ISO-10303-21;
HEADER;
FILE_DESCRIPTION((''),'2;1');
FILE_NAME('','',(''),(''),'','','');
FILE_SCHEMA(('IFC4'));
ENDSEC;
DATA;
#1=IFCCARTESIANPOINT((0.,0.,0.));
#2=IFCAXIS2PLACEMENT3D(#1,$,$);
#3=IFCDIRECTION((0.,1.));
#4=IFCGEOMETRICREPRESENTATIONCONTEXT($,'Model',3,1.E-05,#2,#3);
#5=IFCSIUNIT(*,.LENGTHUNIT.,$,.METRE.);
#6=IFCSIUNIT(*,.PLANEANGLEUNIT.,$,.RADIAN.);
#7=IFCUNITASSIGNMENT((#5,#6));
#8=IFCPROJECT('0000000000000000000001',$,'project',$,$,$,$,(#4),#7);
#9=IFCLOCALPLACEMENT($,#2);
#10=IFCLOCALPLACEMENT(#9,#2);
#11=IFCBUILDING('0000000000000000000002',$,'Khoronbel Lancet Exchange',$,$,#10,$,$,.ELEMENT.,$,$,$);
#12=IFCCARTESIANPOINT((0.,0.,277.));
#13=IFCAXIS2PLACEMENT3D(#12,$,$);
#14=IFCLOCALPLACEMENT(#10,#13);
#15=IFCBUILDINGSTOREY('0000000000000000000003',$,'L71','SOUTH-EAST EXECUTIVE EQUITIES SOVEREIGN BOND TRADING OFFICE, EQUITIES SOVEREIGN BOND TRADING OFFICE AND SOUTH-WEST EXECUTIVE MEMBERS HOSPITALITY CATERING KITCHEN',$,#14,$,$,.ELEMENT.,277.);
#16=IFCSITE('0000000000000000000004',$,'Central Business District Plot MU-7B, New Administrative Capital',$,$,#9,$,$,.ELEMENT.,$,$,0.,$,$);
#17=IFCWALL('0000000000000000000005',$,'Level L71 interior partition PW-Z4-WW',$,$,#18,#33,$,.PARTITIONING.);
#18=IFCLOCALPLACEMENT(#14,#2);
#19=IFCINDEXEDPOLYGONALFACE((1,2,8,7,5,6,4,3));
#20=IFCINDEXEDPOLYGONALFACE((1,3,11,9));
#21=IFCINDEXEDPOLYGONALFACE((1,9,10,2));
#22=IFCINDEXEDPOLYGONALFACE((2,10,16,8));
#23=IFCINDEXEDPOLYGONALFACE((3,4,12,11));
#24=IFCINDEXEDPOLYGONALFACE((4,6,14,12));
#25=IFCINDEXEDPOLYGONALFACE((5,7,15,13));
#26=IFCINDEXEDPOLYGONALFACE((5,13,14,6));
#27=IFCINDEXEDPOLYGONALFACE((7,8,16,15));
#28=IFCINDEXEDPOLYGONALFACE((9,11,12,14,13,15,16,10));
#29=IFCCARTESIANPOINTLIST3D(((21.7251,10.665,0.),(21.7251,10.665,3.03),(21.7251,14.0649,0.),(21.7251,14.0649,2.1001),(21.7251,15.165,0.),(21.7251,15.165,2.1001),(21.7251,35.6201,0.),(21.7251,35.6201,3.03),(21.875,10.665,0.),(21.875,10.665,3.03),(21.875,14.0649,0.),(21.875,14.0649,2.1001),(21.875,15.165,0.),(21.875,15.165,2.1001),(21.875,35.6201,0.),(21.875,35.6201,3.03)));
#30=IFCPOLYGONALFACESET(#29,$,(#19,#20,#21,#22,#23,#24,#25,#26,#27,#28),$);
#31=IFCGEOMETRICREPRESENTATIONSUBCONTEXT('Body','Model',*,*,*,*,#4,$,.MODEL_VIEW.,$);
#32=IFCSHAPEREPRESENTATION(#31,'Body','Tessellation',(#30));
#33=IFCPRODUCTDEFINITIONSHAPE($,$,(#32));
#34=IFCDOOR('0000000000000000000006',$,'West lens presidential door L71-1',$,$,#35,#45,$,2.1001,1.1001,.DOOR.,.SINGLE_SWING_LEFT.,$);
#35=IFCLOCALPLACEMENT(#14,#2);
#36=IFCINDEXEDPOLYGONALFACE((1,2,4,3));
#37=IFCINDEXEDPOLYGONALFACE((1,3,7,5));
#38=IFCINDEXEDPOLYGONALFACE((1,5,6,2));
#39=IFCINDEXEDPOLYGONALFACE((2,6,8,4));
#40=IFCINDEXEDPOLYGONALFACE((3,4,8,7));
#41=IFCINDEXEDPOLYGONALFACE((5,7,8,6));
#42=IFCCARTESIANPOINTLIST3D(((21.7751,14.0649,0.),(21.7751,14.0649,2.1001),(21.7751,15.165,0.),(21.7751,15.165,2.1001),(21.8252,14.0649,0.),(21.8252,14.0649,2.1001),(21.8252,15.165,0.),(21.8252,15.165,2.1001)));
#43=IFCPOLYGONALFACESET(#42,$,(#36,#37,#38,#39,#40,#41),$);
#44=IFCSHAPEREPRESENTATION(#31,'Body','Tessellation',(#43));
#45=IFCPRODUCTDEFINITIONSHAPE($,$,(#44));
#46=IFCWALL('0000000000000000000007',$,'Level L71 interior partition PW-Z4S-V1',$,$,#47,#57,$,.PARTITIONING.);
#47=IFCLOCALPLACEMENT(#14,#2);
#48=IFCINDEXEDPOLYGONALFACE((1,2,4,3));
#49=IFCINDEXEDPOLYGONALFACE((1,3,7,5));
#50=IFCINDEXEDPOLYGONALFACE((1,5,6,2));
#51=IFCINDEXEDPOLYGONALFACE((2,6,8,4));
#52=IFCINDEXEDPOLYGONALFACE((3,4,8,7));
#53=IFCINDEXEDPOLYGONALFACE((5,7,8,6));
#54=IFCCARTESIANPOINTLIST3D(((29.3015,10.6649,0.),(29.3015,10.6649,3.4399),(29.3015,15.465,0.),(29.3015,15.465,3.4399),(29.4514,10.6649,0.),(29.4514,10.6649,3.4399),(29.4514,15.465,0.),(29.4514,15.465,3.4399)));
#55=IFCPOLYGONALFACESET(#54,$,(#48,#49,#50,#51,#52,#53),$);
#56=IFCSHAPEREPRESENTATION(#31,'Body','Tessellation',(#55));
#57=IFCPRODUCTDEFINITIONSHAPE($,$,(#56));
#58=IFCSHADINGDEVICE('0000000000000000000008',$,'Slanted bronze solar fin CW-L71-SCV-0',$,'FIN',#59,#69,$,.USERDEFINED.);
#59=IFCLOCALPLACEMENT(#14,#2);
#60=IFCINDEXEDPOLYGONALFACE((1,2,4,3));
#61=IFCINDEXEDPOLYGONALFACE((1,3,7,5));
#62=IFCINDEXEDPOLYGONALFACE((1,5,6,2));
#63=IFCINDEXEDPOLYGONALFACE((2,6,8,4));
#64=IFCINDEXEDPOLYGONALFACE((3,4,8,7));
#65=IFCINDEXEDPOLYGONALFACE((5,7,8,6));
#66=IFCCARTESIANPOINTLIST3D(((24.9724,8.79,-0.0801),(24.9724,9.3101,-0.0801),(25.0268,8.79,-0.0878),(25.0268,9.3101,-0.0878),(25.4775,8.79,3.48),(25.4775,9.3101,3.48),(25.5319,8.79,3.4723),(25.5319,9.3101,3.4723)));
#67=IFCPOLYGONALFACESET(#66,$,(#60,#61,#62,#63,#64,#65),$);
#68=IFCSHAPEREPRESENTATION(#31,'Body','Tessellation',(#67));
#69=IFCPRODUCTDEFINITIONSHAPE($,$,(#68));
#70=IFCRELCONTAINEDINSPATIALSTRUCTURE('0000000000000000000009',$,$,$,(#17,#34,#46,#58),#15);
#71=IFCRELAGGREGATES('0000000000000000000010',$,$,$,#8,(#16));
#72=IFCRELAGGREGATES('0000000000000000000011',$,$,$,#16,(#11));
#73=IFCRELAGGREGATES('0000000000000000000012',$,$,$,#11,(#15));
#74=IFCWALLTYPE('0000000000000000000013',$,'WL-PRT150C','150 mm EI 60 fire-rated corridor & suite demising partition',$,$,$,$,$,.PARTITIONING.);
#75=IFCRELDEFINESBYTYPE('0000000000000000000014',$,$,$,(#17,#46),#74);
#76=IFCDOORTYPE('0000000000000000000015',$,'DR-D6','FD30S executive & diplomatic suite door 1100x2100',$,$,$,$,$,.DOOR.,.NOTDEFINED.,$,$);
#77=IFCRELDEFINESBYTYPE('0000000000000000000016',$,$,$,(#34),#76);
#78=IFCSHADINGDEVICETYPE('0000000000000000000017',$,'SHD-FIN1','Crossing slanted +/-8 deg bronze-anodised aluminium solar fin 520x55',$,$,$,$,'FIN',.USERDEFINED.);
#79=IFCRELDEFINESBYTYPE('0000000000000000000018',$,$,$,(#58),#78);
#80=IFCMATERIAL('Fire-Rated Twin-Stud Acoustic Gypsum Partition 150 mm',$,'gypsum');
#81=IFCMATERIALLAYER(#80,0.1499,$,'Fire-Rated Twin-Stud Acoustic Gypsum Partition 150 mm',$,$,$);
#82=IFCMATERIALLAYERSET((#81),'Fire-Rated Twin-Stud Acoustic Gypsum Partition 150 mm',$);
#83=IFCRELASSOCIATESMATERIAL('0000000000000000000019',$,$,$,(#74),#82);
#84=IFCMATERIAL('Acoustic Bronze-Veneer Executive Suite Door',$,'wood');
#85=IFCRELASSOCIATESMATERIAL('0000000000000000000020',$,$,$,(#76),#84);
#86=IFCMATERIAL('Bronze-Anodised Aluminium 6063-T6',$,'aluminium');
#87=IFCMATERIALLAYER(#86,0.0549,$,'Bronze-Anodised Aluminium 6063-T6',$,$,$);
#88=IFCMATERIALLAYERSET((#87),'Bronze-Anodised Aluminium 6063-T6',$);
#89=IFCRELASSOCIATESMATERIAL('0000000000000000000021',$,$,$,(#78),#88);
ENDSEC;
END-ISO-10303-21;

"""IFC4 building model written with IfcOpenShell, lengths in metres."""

from ifc_helpers import new_model, si_unit, direction, frame, frame_2d, origin, place, context, subcontext, project, spatial, polyline, rectangle, outline, extrude, material, layer, layer_set, type_object, element, fill, save


model = new_model("IFC4")

# Units and contexts
model_context = context("Model", 3, precision=1e-05, world=origin(), true_north=direction((0.0, 1.0)))
body_context = subcontext(model_context, "Body", "Model", "MODEL_VIEW")
ifc_project = project(units=[si_unit("LENGTHUNIT", "METRE"), si_unit("PLANEANGLEUNIT", "RADIAN")], contexts=[model_context])

# Site, building, storey
site_placement = place(None, origin())
site = spatial("IfcSite", under=ifc_project, at=site_placement, Name="Central Business District Plot MU-7B, New Administrative Capital", CompositionType="ELEMENT", RefElevation=0.0)
building_placement = place(site_placement, origin())
building = spatial("IfcBuilding", under=site, at=building_placement, Name="Khoronbel Lancet Exchange", CompositionType="ELEMENT")
storey_placement = place(building_placement, frame((0.0, 0.0, 277.0)))
storey = spatial("IfcBuildingStorey", under=building, at=storey_placement, Name="L71", Description="SOUTH-EAST EXECUTIVE EQUITIES SOVEREIGN BOND TRADING OFFICE, EQUITIES SOVEREIGN BOND TRADING OFFICE AND SOUTH-WEST EXECUTIVE MEMBERS HOSPITALITY CATERING KITCHEN", CompositionType="ELEMENT", Elevation=277.0)

# Shared definitions
ifc_material_1 = material(Name="Bronze-Anodised Aluminium 6063-T6", Category="aluminium")

# Wall, opening, door
ifc_material_2 = material(Name="Fire-Rated Twin-Stud Acoustic Gypsum Partition 150 mm", Category="gypsum")
ifc_layer_1 = layer(ifc_material_2, 0.1499, Name="Fire-Rated Twin-Stud Acoustic Gypsum Partition 150 mm")
ifc_layer_set_1 = layer_set([ifc_layer_1], Name="Fire-Rated Twin-Stud Acoustic Gypsum Partition 150 mm")
wall_type = type_object("IfcWallType", Name="WL-PRT150C", Description="150 mm EI 60 fire-rated corridor & suite demising partition", PredefinedType="PARTITIONING", material=ifc_layer_set_1)
wall_1_placement = place(storey_placement, frame((21.8, 10.665, 0.0), z_axis=(0.0, 0.0, 1.0), x_axis=(0.0, 1.0, 0.0)))
wall_1 = element("IfcWall", 1, at=wall_1_placement, inside=storey, type_object=wall_type, Name="Level L71 interior partition PW-Z4-WW", PredefinedType="PARTITIONING", context=body_context, shape_type="SweptSolid", body=[
    extrude(rectangle(XDim=24.9551, YDim=0.1499, at=frame_2d((12.4775, 0.0))), origin(), (0.0, 0.0, 1.0), 3.03),
])
opening_placement = place(wall_1_placement, frame((3.3999, 0.0, 0.0)))
opening = element("IfcOpeningElement", 2, at=opening_placement, cuts=wall_1, PredefinedType="OPENING", context=body_context, shape_type="SweptSolid", body=[
    extrude(rectangle(XDim=1.1001, YDim=2.1001, at=frame_2d((0.55, 1.05))), frame((0.0, 0.085, 0.0), z_axis=(0.0, -1.0, 0.0), x_axis=(1.0, 0.0, 0.0)), (0.0, 0.0, 1.0), 0.1699),
])
ifc_material_3 = material(Name="Acoustic Bronze-Veneer Executive Suite Door", Category="wood")
door_type = type_object("IfcDoorType", Name="DR-D6", Description="FD30S executive & diplomatic suite door 1100x2100", OperationType="NOTDEFINED", PredefinedType="DOOR", material=ifc_material_3)
door_placement = place(opening_placement, origin())
door = element("IfcDoor", 3, at=door_placement, inside=storey, type_object=door_type, Name="West lens presidential door L71-1", OperationType="SINGLE_SWING_LEFT", OverallHeight=2.1001, OverallWidth=1.1001, PredefinedType="DOOR", context=body_context, shape_type="SweptSolid", body=[
    extrude(rectangle(XDim=1.1001, YDim=2.1001, at=frame_2d((0.55, 1.05))), frame((0.0, 0.0249, 0.0), z_axis=(0.0, -1.0, 0.0), x_axis=(1.0, 0.0, 0.0)), (0.0, 0.0, 1.0), 0.05),
])
fill(opening, door)

# Wall
wall_2_placement = place(storey_placement, frame((29.3765, 10.665, 0.0), z_axis=(0.0, 0.0, 1.0), x_axis=(0.0, 1.0, 0.0)))
element("IfcWall", 4, at=wall_2_placement, inside=storey, type_object=wall_type, Name="Level L71 interior partition PW-Z4S-V1", PredefinedType="PARTITIONING", context=body_context, shape_type="SweptSolid", body=[
    extrude(rectangle(XDim=4.8, YDim=0.1499, at=frame_2d((2.3999, 0.0))), origin(), (0.0, 0.0, 1.0), 3.4399),
])

# Shading device
ifc_layer_2 = layer(ifc_material_1, 0.0549, Name="Bronze-Anodised Aluminium 6063-T6")
ifc_layer_set_2 = layer_set([ifc_layer_2], Name="Bronze-Anodised Aluminium 6063-T6")
shading_device_type = type_object("IfcShadingDeviceType", Name="SHD-FIN1", Description="Crossing slanted +/-8 deg bronze-anodised aluminium solar fin 520x55", ElementType="FIN", PredefinedType="USERDEFINED", material=ifc_layer_set_2)
shading_device_placement = place(storey_placement, frame((24.9724, 9.3101, -0.0801), z_axis=(-0.990083, 0.0, 0.14048), x_axis=(0.0, -1.0, 0.0)))
element("IfcShadingDevice", 5, at=shading_device_placement, inside=storey, type_object=shading_device_type, Name="Slanted bronze solar fin CW-L71-SCV-0", ObjectType="FIN", PredefinedType="USERDEFINED", context=body_context, shape_type="SweptSolid", body=[
    extrude(outline(polyline([(0.0, 0.0), (0.52, 0.0), (0.52, 3.5957), (0.0, 3.5957), (0.0, 0.0)])), origin(), (0.0, 0.0, -1.0), 0.0549),
])

save(model, "model.ifc")
